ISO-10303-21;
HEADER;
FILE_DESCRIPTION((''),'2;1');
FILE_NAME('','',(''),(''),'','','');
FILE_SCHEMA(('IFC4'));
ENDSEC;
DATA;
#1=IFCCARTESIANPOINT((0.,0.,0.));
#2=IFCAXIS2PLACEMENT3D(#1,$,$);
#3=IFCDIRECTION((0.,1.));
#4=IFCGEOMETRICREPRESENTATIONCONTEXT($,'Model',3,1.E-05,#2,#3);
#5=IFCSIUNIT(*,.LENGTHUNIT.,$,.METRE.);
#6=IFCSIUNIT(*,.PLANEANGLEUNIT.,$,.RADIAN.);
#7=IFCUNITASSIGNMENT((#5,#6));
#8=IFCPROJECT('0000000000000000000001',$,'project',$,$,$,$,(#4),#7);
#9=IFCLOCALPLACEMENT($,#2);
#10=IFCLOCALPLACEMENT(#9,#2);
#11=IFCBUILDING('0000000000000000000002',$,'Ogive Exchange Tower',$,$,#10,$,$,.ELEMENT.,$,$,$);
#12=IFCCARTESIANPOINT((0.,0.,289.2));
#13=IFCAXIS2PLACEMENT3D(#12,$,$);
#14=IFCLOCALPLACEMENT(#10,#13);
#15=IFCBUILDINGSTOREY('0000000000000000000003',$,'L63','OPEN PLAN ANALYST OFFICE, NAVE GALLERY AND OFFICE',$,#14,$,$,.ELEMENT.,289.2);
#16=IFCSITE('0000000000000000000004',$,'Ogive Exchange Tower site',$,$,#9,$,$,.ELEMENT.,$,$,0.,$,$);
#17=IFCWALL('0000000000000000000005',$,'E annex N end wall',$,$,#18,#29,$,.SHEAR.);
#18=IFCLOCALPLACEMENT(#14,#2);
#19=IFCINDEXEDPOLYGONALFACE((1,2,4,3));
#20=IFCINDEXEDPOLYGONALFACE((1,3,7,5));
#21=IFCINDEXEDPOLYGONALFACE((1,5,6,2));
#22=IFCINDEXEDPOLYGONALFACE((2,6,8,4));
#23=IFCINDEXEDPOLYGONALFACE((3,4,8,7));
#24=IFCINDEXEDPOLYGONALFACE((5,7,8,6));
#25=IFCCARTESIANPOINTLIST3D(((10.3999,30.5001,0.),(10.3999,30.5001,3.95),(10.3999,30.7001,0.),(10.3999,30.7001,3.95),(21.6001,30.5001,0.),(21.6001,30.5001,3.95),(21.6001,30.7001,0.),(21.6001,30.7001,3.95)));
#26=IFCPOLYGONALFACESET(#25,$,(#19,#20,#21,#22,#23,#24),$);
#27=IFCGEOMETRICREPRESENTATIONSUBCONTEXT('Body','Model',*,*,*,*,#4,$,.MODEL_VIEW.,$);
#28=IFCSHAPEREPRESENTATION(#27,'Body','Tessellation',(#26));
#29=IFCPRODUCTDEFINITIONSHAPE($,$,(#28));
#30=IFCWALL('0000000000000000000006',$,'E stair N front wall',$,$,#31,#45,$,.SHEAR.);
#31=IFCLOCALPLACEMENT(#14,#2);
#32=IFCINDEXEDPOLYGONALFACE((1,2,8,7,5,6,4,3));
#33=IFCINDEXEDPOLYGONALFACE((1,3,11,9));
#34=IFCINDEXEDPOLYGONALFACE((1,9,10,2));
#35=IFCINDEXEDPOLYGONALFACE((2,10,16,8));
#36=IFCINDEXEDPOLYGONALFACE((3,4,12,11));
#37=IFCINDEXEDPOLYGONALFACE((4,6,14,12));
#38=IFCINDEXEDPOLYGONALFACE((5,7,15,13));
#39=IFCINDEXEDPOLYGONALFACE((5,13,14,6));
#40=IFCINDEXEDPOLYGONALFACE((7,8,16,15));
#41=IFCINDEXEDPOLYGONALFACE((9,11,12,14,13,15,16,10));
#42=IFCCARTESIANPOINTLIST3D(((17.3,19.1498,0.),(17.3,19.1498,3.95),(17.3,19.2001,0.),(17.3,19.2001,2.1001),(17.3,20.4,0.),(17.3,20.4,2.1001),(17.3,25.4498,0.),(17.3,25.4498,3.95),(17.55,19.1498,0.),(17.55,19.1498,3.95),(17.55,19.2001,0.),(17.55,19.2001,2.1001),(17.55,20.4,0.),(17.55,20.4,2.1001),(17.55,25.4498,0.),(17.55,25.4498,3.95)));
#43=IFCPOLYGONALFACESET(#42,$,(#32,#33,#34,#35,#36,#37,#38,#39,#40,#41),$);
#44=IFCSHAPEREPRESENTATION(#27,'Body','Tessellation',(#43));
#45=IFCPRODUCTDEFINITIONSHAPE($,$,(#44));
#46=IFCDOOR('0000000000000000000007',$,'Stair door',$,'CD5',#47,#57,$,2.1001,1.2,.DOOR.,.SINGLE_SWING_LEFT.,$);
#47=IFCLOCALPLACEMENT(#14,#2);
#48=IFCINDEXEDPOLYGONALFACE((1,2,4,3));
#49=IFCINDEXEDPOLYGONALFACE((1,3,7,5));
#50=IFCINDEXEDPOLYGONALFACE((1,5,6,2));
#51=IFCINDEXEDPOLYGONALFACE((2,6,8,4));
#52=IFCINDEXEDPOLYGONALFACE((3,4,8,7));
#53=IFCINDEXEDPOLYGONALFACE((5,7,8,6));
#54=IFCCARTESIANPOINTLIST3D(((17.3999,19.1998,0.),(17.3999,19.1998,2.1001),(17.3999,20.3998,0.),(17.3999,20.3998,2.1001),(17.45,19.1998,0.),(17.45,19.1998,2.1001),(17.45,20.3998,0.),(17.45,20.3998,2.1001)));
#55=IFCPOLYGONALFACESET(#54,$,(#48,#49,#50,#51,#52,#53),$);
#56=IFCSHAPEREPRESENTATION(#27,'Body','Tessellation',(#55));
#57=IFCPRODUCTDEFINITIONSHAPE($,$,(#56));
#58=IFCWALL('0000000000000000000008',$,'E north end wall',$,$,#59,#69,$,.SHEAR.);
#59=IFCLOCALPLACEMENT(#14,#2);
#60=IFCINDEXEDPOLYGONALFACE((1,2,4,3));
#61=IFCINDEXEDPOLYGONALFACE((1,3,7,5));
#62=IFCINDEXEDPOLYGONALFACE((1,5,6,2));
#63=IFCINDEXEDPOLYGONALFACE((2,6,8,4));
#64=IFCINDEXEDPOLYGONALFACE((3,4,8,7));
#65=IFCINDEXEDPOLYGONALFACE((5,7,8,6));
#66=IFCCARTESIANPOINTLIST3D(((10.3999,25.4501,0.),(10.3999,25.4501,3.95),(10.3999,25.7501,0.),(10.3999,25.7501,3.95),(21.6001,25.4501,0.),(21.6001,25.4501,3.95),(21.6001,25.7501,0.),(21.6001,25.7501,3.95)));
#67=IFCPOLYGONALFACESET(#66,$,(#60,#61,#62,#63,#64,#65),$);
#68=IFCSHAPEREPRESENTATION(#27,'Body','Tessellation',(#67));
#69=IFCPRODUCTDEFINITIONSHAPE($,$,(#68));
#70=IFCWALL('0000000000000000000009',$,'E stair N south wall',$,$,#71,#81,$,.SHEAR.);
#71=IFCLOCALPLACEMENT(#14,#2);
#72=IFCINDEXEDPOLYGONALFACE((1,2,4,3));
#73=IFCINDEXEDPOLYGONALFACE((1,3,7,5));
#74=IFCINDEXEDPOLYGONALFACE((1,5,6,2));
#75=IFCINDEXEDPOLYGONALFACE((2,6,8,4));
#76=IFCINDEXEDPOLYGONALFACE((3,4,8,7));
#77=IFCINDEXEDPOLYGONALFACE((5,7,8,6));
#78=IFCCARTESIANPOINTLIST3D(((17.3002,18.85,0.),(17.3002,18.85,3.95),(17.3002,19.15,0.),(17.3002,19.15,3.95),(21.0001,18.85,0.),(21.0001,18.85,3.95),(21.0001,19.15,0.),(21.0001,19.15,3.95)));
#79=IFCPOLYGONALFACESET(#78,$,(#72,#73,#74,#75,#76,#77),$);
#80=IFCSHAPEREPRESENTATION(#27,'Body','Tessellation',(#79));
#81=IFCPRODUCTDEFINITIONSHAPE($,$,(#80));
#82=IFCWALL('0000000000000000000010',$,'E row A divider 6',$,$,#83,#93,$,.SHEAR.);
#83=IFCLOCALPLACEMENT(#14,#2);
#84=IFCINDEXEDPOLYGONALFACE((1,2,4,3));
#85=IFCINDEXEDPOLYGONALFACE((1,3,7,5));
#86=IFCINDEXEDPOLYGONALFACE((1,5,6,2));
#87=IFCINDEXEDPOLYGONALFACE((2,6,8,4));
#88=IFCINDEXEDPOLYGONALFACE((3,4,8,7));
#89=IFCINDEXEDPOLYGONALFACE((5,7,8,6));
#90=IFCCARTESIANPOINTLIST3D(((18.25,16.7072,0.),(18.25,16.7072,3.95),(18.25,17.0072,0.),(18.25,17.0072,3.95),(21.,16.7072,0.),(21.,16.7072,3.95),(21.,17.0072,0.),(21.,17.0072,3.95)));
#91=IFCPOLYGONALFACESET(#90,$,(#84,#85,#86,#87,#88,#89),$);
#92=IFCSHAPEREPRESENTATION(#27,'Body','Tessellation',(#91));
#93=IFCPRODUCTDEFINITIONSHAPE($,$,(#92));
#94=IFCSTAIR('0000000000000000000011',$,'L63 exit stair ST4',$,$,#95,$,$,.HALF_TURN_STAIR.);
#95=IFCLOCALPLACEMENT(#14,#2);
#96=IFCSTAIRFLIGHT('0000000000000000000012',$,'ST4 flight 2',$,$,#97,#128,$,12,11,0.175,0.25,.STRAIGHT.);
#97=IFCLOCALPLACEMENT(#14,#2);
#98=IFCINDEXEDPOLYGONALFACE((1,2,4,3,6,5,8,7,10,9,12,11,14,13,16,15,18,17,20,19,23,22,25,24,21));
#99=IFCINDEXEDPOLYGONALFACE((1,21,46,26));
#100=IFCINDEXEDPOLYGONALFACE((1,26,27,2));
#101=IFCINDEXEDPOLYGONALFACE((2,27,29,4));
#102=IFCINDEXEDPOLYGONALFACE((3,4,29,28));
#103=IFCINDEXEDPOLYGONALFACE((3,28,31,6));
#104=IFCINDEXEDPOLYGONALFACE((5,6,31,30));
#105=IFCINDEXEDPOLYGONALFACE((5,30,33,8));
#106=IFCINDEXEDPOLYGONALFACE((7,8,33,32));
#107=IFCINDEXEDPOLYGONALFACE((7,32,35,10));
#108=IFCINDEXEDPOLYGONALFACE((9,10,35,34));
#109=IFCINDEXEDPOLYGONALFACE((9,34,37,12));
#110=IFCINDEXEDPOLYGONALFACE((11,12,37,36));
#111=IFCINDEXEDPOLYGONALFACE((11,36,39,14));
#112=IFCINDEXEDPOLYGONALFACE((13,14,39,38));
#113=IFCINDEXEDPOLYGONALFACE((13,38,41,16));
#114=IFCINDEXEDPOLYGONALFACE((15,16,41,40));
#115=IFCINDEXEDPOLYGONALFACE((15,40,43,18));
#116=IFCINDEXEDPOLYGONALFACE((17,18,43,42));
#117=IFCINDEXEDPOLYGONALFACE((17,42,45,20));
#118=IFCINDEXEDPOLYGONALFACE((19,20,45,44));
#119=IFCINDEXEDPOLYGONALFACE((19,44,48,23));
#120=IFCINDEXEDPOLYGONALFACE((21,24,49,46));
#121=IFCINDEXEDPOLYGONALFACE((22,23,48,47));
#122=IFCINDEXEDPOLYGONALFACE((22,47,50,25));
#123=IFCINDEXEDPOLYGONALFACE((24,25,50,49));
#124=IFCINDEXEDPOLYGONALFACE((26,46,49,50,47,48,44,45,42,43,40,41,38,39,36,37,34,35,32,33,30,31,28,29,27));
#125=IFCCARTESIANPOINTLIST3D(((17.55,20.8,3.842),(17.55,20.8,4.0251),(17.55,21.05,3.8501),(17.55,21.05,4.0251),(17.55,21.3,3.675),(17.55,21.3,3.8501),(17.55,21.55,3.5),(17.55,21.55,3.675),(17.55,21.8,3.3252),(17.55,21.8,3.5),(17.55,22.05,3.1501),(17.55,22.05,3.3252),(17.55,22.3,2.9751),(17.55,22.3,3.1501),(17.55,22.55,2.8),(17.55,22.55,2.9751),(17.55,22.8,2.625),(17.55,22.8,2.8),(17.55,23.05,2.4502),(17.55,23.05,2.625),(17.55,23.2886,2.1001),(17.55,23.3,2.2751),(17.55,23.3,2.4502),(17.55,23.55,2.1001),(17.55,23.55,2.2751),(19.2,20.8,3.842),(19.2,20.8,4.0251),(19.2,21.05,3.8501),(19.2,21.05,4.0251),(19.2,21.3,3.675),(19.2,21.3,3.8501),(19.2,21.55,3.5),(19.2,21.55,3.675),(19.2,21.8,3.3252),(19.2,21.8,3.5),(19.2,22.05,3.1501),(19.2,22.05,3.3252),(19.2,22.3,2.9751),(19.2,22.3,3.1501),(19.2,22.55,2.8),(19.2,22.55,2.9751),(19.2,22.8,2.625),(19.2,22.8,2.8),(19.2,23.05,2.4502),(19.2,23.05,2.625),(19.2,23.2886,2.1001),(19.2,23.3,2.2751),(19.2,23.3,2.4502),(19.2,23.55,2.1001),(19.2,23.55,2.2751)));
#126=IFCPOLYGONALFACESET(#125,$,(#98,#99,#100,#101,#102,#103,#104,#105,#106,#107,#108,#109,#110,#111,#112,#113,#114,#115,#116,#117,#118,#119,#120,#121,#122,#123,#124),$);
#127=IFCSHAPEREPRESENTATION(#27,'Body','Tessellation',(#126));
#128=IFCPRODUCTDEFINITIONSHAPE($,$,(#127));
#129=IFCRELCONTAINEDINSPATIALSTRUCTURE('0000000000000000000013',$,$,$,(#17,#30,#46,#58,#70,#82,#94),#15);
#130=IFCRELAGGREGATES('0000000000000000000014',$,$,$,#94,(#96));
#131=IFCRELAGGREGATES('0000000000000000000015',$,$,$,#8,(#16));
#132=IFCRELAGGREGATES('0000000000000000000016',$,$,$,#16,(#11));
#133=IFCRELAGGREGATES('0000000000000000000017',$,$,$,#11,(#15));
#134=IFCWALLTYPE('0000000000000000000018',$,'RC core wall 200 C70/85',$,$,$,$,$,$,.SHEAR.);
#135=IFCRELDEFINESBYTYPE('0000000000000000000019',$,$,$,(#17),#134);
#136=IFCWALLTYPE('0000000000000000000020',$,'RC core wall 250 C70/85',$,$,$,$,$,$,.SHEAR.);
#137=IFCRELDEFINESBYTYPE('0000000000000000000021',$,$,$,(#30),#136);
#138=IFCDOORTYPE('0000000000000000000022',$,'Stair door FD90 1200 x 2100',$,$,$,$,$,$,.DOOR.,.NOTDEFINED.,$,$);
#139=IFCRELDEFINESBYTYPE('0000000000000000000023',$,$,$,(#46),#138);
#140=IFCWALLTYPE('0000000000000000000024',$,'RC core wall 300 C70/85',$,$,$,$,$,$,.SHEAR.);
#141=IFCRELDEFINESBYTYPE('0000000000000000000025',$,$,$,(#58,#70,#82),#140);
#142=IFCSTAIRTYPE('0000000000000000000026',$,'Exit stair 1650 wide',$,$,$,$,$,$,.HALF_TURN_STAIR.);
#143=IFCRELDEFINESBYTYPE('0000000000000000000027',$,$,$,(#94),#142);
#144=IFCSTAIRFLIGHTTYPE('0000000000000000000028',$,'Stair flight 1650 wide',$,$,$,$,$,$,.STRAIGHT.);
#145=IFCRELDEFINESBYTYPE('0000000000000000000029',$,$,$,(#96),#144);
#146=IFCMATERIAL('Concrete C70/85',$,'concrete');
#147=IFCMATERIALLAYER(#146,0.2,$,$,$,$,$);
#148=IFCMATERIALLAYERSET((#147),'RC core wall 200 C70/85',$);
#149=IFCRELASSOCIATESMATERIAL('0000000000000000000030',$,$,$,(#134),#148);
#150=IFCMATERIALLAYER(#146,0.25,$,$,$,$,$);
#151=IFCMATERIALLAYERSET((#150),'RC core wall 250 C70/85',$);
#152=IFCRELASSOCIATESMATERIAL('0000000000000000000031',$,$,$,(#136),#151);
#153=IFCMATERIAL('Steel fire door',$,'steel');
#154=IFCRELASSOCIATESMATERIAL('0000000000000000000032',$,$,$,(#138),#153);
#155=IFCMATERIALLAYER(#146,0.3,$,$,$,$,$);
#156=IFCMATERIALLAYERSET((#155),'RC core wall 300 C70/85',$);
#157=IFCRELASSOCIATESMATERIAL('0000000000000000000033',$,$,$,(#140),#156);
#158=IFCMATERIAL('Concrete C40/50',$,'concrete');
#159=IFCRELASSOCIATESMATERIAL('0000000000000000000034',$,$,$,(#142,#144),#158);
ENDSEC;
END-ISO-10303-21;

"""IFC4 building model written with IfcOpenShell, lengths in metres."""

from ifc_helpers import new_model, si_unit, direction, frame, frame_2d, origin, place, context, subcontext, project, spatial, polyline, rectangle, outline, extrude, material, layer, layer_set, type_object, element, fill, aggregate, save


model = new_model("IFC4")

# Units and contexts
model_context = context("Model", 3, precision=1e-05, world=origin(), true_north=direction((0.0, 1.0)))
body_context = subcontext(model_context, "Body", "Model", "MODEL_VIEW")
ifc_project = project(units=[si_unit("LENGTHUNIT", "METRE"), si_unit("PLANEANGLEUNIT", "RADIAN")], contexts=[model_context])

# Site, building, storey
site_placement = place(None, origin())
site = spatial("IfcSite", under=ifc_project, at=site_placement, Name="Ogive Exchange Tower site", CompositionType="ELEMENT", RefElevation=0.0)
building_placement = place(site_placement, origin())
building = spatial("IfcBuilding", under=site, at=building_placement, Name="Ogive Exchange Tower", CompositionType="ELEMENT")
storey_placement = place(building_placement, frame((0.0, 0.0, 289.2)))
storey = spatial("IfcBuildingStorey", under=building, at=storey_placement, Name="L63", Description="OPEN PLAN ANALYST OFFICE, NAVE GALLERY AND OFFICE", CompositionType="ELEMENT", Elevation=289.2)

# Shared definitions
ifc_material_1 = material(Name="Concrete C70/85", Category="concrete")
ifc_layer_1 = layer(ifc_material_1, 0.2)
ifc_layer_set_1 = layer_set([ifc_layer_1], Name="RC core wall 200 C70/85")
wall_type_1 = type_object("IfcWallType", Name="RC core wall 200 C70/85", PredefinedType="SHEAR", material=ifc_layer_set_1)

# Wall
wall_1_placement = place(storey_placement, frame((10.3999, 30.6001, 0.0), z_axis=(0.0, 0.0, 1.0), x_axis=(1.0, 0.0, 0.0)))
element("IfcWall", 1, at=wall_1_placement, inside=storey, type_object=wall_type_1, Name="E annex N end wall", PredefinedType="SHEAR", context=body_context, shape_type="SweptSolid", body=[
    extrude(rectangle(XDim=11.2002, YDim=0.2, at=frame_2d((5.6001, 0.0))), origin(), (0.0, 0.0, 1.0), 3.95),
])

# Wall, opening, door
ifc_layer_2 = layer(ifc_material_1, 0.25)
ifc_layer_set_2 = layer_set([ifc_layer_2], Name="RC core wall 250 C70/85")
wall_type_2 = type_object("IfcWallType", Name="RC core wall 250 C70/85", PredefinedType="SHEAR", material=ifc_layer_set_2)
wall_2_placement = place(storey_placement, frame((17.425, 19.1499, 0.0), z_axis=(0.0, 0.0, 1.0), x_axis=(0.0, 1.0, 0.0)))
wall_2 = element("IfcWall", 2, at=wall_2_placement, inside=storey, type_object=wall_type_2, Name="E stair N front wall", PredefinedType="SHEAR", context=body_context, shape_type="SweptSolid", body=[
    extrude(rectangle(XDim=6.3, YDim=0.25, at=frame_2d((3.1499, 0.0))), origin(), (0.0, 0.0, 1.0), 3.95),
])
opening_1_placement = place(wall_2_placement, frame((0.05, 0.0, 0.0)))
opening_1 = element("IfcOpeningElement", 3, at=opening_1_placement, cuts=wall_2, PredefinedType="OPENING", context=body_context, shape_type="SweptSolid", body=[
    extrude(rectangle(XDim=1.2, YDim=2.1001, at=frame_2d((0.6001, 1.05))), frame((0.0, 0.135, 0.0), z_axis=(0.0, -1.0, 0.0), x_axis=(1.0, 0.0, 0.0)), (0.0, 0.0, 1.0), 0.27),
])
ifc_material_2 = material(Name="Steel fire door", Category="steel")
door_type_1 = type_object("IfcDoorType", Name="Stair door FD90 1200 x 2100", OperationType="NOTDEFINED", PredefinedType="DOOR", material=ifc_material_2)
door_1_placement = place(opening_1_placement, frame((1.2, 0.0, 0.0), z_axis=(0.0, 0.0, 1.0), x_axis=(-1.0, 0.0, 0.0)))
door_1 = element("IfcDoor", 4, at=door_1_placement, inside=storey, type_object=door_type_1, Name="Stair door", ObjectType="CD5", OperationType="SINGLE_SWING_LEFT", OverallHeight=2.1001, OverallWidth=1.2, PredefinedType="DOOR", context=body_context, shape_type="SweptSolid", body=[
    extrude(rectangle(XDim=1.2, YDim=2.1001, at=frame_2d((0.6001, 1.05))), frame((0.0, 0.0249, 0.0), z_axis=(0.0, -1.0, 0.0), x_axis=(1.0, 0.0, 0.0)), (0.0, 0.0, 1.0), 0.05),
])
fill(opening_1, door_1)

# Walls
ifc_layer_3 = layer(ifc_material_1, 0.3)
ifc_layer_set_3 = layer_set([ifc_layer_3], Name="RC core wall 300 C70/85")
wall_type_3 = type_object("IfcWallType", Name="RC core wall 300 C70/85", PredefinedType="SHEAR", material=ifc_layer_set_3)
wall_3_placement = place(storey_placement, frame((10.3999, 25.6001, 0.0), z_axis=(0.0, 0.0, 1.0), x_axis=(1.0, 0.0, 0.0)))
element("IfcWall", 5, at=wall_3_placement, inside=storey, type_object=wall_type_3, Name="E north end wall", PredefinedType="SHEAR", context=body_context, shape_type="SweptSolid", body=[
    extrude(rectangle(XDim=11.2002, YDim=0.3, at=frame_2d((5.6001, 0.0))), origin(), (0.0, 0.0, 1.0), 3.95),
])
wall_4_placement = place(storey_placement, frame((17.3, 19.0, 0.0), z_axis=(0.0, 0.0, 1.0), x_axis=(1.0, 0.0, 0.0)))
element("IfcWall", 6, at=wall_4_placement, inside=storey, type_object=wall_type_3, Name="E stair N south wall", PredefinedType="SHEAR", context=body_context, shape_type="SweptSolid", body=[
    extrude(rectangle(XDim=3.7, YDim=0.3, at=frame_2d((1.8501, 0.0))), origin(), (0.0, 0.0, 1.0), 3.95),
])
wall_5_placement = place(storey_placement, frame((18.25, 16.8572, 0.0), z_axis=(0.0, 0.0, 1.0), x_axis=(1.0, 0.0, 0.0)))
element("IfcWall", 7, at=wall_5_placement, inside=storey, type_object=wall_type_3, Name="E row A divider 6", PredefinedType="SHEAR", context=body_context, shape_type="SweptSolid", body=[
    extrude(rectangle(XDim=2.75, YDim=0.3, at=frame_2d((1.375, 0.0))), origin(), (0.0, 0.0, 1.0), 3.95),
])

# Stair, stair flight
ifc_material_3 = material(Name="Concrete C40/50", Category="concrete")
stair_type = type_object("IfcStairType", Name="Exit stair 1650 wide", PredefinedType="HALF_TURN_STAIR", material=ifc_material_3)
stair_placement = place(storey_placement, origin())
stair = element("IfcStair", 8, at=stair_placement, inside=storey, type_object=stair_type, Name="L63 exit stair ST4", PredefinedType="HALF_TURN_STAIR")
stair_flight_type = type_object("IfcStairFlightType", Name="Stair flight 1650 wide", PredefinedType="STRAIGHT", material=ifc_material_3)
stair_flight_placement = place(storey_placement, frame((18.375, 23.55, 2.1001), z_axis=(0.0, 0.0, 1.0), x_axis=(0.0, -1.0, 0.0)))
stair_flight = element("IfcStairFlight", 9, at=stair_flight_placement, type_object=stair_flight_type, Name="ST4 flight 2", NumberOfRisers=12, NumberOfTreads=11, PredefinedType="STRAIGHT", RiserHeight=0.175, TreadLength=0.25, context=body_context, shape_type="SweptSolid", body=[
    extrude(outline(polyline([(0.0, 0.0), (0.0, 0.175), (0.25, 0.175), (0.25, 0.3501), (0.5, 0.3501), (0.5, 0.5249), (0.75, 0.5249), (0.75, 0.7), (1.0, 0.7), (1.0, 0.875), (1.25, 0.875), (1.25, 1.05), (1.5, 1.05), (1.5, 1.2251), (1.75, 1.2251), (1.75, 1.3999), (2.0, 1.3999), (2.0, 1.575), (2.25, 1.575), (2.25, 1.75), (2.5, 1.75), (2.5, 1.925), (2.75, 1.925), (2.75, 2.1001), (2.75, 1.7419), (0.2615, 0.0), (0.0, 0.0)])), frame((0.0, 0.825, 0.0), z_axis=(0.0, -1.0, 0.0), x_axis=(1.0, 0.0, 0.0)), (0.0, 0.0, 1.0), 1.6499),
])
aggregate(stair, [stair_flight])

save(model, "model.ifc")
